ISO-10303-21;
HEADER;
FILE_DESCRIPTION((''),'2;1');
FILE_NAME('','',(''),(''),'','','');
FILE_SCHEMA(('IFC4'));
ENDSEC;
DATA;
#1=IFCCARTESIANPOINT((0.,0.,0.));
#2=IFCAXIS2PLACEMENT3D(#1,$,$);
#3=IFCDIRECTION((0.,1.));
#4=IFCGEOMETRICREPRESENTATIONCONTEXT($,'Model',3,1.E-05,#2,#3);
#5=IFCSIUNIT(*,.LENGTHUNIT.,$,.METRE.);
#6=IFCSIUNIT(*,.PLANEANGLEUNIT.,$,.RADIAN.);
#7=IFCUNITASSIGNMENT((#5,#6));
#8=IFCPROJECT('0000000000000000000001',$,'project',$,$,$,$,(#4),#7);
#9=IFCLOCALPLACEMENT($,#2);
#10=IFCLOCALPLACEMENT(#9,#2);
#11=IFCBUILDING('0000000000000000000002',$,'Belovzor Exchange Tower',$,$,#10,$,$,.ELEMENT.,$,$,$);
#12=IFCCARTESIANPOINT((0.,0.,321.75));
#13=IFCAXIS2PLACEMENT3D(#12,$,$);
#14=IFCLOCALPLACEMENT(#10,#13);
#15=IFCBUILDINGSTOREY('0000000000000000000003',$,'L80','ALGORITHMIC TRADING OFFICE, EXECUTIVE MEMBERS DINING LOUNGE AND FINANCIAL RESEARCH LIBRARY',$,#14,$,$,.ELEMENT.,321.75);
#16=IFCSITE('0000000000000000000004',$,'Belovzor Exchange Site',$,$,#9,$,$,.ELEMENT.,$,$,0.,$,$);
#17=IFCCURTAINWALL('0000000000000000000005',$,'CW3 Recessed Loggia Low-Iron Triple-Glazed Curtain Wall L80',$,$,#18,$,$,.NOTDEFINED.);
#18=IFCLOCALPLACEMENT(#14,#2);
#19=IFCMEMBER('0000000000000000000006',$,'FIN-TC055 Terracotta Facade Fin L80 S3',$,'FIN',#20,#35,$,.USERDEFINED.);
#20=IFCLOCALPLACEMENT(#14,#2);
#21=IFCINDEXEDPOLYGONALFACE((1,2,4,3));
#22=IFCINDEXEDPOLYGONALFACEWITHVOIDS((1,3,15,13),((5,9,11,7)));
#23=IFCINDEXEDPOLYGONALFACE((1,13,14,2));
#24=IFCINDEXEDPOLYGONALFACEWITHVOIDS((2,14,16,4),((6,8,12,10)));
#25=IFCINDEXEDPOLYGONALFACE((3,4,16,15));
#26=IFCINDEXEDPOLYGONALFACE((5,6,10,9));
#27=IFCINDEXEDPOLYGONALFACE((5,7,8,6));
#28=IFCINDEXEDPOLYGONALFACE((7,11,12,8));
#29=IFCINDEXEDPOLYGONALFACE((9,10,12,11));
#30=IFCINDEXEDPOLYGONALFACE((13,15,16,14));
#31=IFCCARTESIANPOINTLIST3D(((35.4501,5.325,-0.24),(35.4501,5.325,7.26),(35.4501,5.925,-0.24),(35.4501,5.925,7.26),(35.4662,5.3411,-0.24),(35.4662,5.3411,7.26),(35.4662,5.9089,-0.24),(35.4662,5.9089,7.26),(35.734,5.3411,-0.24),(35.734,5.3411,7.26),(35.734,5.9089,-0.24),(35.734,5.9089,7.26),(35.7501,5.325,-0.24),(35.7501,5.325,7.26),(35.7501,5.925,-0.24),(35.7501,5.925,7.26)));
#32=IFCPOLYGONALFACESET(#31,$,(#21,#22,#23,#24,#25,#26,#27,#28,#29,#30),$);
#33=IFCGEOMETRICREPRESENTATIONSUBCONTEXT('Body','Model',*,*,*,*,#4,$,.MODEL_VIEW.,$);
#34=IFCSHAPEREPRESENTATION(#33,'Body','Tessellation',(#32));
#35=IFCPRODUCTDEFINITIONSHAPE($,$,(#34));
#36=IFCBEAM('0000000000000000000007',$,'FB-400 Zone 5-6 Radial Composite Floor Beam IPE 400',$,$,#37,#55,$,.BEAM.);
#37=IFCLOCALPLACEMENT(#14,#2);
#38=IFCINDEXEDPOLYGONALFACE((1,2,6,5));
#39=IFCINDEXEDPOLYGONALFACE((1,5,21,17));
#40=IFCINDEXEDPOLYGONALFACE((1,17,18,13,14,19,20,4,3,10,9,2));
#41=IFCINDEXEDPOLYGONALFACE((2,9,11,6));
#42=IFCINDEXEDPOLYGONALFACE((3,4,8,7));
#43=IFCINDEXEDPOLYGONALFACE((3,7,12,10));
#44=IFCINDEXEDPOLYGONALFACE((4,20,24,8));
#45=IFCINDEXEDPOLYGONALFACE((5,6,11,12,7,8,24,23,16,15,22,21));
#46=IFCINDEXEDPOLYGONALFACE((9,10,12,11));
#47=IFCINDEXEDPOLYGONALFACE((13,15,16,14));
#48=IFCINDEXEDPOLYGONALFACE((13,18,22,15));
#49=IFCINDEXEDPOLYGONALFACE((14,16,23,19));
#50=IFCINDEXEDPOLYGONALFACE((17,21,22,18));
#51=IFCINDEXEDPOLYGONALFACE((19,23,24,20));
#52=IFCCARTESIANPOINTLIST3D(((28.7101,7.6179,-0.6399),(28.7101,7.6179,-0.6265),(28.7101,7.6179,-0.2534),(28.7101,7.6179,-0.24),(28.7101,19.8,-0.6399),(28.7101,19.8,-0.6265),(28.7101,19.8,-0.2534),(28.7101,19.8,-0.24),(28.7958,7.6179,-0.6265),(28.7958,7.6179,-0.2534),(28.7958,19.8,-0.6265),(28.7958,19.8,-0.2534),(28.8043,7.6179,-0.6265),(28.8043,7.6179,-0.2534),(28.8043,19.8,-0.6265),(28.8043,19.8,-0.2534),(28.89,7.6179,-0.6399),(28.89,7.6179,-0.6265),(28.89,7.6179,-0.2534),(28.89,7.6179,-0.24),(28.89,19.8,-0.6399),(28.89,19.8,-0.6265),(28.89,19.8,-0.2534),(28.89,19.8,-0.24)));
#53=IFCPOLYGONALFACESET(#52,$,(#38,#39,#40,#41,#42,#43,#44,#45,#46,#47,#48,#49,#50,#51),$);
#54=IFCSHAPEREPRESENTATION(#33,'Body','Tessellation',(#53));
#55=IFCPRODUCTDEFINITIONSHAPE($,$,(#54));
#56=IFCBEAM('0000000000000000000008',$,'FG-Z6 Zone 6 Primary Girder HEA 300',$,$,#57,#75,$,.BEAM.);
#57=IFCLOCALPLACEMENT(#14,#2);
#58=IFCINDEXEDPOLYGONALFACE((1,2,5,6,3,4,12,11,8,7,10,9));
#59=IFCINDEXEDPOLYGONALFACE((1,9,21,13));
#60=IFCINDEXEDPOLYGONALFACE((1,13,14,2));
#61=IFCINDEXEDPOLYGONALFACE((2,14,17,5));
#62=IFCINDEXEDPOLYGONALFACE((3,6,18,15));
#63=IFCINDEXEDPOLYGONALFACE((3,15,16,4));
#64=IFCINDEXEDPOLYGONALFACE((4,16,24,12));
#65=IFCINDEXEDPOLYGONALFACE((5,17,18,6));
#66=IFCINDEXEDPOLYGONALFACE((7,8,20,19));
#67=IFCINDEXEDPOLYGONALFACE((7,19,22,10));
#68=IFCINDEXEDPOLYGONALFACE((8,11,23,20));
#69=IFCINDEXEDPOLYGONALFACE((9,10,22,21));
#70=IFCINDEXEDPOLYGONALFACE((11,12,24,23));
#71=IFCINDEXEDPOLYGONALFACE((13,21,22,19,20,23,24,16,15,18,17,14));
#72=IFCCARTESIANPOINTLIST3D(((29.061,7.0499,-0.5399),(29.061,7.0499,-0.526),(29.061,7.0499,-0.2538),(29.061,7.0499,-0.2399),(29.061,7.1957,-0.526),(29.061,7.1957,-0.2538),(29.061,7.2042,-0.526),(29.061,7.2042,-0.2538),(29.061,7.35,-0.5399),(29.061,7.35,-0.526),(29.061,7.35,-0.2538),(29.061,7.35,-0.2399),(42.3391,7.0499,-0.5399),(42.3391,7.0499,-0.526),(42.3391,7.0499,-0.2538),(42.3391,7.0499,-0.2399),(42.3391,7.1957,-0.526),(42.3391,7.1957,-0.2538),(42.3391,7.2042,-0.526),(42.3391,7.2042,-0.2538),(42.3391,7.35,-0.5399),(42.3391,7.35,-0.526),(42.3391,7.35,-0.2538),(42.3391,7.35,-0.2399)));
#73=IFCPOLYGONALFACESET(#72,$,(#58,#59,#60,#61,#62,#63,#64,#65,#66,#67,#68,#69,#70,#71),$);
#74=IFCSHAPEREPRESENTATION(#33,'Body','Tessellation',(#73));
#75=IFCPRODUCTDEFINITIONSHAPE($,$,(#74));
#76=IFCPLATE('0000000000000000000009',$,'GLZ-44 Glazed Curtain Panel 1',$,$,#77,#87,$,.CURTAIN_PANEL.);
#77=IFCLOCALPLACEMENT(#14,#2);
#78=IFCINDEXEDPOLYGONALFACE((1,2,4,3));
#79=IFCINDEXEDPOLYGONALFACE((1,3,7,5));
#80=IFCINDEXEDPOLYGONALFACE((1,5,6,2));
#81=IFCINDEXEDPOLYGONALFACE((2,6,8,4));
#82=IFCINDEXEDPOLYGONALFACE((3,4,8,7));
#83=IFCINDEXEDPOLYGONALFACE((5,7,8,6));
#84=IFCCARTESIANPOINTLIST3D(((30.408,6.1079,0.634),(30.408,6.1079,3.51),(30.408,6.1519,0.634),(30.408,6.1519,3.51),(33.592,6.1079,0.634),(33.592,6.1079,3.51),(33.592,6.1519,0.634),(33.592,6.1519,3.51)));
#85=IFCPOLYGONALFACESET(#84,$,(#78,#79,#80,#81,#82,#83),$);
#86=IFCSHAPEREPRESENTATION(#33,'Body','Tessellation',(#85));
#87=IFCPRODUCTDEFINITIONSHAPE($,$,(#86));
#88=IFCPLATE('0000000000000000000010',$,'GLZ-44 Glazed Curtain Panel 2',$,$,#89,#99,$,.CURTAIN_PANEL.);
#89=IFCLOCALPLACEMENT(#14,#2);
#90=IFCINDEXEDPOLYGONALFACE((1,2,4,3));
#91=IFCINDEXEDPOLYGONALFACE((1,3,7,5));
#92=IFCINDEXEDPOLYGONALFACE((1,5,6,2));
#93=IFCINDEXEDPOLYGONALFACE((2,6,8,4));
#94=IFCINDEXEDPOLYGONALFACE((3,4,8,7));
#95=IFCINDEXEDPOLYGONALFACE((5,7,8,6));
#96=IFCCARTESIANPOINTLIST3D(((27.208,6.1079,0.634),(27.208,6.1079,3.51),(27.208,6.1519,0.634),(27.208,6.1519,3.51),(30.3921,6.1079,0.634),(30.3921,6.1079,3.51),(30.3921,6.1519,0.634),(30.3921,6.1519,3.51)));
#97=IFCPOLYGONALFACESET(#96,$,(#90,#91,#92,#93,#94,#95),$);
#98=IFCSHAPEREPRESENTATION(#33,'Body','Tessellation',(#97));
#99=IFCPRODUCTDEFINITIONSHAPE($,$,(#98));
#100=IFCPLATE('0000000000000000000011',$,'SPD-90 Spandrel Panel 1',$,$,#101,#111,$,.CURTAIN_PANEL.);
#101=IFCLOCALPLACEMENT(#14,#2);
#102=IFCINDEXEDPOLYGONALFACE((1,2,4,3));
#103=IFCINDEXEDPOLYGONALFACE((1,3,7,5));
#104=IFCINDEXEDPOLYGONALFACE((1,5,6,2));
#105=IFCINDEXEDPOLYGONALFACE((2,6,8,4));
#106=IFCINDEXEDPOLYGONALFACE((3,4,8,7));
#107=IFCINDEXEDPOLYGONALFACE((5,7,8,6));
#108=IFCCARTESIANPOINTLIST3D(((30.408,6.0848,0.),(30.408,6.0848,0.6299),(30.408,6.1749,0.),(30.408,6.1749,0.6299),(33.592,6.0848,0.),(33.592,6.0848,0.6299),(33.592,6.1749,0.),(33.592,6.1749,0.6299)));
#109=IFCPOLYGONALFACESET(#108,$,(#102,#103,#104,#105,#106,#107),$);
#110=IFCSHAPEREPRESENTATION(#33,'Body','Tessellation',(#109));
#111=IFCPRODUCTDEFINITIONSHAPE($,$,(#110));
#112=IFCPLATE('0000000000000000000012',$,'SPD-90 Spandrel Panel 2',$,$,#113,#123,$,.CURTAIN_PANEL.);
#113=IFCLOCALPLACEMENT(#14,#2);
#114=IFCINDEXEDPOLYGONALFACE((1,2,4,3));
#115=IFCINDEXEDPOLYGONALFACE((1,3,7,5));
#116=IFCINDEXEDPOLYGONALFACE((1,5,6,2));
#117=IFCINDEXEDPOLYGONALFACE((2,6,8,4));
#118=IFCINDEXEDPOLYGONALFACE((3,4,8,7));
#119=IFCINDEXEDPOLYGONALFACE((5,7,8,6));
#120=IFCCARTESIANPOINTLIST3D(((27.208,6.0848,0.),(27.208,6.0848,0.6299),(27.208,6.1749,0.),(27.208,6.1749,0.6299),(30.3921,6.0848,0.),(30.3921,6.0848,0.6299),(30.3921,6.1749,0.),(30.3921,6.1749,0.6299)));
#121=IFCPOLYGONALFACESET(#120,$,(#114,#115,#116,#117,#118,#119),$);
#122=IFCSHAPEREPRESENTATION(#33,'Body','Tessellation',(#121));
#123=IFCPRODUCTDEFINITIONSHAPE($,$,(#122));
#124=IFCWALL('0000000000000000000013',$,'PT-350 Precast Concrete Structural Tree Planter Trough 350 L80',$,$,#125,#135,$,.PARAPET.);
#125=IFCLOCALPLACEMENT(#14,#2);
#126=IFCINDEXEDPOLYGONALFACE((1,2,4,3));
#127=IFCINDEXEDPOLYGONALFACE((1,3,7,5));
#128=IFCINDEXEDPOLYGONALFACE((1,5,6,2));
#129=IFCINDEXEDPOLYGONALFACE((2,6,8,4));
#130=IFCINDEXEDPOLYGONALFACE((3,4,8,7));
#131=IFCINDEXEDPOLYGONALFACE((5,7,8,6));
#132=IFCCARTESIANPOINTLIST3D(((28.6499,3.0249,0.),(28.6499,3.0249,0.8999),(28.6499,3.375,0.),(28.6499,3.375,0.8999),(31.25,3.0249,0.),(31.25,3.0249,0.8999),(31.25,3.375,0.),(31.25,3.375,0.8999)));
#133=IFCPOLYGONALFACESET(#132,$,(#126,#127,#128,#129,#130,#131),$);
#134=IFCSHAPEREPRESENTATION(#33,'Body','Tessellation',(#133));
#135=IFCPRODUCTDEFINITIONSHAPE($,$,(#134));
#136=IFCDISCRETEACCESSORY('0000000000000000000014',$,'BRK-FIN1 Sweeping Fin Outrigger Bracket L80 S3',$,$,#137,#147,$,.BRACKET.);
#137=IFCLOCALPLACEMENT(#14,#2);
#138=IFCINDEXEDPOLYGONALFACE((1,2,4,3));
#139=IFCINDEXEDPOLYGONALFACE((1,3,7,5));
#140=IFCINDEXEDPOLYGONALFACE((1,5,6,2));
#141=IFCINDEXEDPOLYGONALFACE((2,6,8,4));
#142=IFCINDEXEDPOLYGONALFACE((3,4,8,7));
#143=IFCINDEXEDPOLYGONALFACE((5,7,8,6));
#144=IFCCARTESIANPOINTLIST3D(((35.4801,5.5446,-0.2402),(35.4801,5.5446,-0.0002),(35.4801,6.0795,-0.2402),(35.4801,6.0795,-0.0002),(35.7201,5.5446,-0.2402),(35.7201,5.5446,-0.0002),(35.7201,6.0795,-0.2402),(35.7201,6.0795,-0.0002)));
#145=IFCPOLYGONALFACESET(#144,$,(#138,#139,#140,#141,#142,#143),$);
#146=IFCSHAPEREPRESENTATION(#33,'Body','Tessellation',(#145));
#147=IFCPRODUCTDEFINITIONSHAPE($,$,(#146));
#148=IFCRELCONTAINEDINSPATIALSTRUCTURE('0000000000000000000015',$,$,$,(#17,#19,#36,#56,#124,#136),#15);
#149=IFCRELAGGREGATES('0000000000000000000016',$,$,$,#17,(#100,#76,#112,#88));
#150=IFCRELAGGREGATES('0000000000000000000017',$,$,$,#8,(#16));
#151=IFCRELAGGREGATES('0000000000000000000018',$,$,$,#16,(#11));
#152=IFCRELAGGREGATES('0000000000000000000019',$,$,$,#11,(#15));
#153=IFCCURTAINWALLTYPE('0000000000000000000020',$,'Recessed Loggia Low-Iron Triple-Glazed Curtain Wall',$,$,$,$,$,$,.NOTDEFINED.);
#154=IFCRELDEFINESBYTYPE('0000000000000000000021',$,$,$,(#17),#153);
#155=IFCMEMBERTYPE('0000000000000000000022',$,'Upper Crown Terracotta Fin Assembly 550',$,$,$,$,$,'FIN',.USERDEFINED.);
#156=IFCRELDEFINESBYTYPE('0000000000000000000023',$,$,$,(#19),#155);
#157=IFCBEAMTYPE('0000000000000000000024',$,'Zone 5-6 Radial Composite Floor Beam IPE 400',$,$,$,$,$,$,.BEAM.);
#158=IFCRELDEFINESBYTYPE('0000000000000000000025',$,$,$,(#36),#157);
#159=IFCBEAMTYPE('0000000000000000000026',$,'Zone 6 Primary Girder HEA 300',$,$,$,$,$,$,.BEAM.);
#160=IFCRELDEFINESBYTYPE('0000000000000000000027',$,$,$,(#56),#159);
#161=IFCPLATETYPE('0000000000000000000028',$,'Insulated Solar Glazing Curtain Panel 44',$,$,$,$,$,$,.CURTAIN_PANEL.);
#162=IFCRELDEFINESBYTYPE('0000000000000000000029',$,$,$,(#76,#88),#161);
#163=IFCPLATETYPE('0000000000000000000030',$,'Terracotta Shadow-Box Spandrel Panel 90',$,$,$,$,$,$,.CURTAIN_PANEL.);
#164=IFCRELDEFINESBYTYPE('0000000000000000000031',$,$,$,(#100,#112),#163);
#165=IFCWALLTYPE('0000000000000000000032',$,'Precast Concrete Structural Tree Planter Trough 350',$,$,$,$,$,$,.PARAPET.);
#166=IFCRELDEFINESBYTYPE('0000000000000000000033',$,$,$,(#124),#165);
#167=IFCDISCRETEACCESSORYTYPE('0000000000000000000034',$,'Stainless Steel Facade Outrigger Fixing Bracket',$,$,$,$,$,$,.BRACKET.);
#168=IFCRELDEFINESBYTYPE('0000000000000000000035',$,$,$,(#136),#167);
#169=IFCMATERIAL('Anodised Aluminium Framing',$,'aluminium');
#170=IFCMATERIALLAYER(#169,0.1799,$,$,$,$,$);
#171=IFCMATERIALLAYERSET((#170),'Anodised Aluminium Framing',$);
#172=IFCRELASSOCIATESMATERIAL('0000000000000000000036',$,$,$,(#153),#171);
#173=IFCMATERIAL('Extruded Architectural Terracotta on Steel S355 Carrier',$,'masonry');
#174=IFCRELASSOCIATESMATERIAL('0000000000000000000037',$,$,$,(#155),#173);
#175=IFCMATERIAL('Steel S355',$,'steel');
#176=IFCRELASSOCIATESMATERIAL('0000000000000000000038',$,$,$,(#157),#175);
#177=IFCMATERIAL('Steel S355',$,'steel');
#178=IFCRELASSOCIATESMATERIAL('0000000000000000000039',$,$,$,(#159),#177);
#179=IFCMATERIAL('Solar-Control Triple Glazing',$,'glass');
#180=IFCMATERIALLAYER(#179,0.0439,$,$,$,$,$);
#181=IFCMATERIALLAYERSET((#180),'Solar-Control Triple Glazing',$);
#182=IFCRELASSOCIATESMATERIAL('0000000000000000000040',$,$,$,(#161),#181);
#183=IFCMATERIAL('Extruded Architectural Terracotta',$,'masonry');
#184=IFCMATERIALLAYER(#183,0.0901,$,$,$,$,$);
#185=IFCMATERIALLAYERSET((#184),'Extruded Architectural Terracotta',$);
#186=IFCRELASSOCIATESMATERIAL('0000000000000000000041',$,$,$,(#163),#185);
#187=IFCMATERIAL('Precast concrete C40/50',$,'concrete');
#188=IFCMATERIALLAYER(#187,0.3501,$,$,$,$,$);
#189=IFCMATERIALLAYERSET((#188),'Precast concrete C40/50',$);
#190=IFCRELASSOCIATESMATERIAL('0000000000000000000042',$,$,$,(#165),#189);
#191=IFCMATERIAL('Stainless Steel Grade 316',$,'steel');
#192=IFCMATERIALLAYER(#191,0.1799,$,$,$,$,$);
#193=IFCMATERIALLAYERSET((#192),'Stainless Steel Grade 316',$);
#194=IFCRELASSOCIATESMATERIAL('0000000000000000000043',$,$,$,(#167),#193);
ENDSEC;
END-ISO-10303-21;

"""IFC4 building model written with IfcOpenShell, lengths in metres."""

from ifc_helpers import new_model, si_unit, direction, frame, frame_2d, origin, origin_2d, place, context, subcontext, project, spatial, rectangle, hollow_rectangle, i_section, extrude, material, layer, layer_set, material_profile, profile_set, type_object, element, aggregate, save


model = new_model("IFC4")

# Units and contexts
model_context = context("Model", 3, precision=1e-05, world=origin(), true_north=direction((0.0, 1.0)))
body_context = subcontext(model_context, "Body", "Model", "MODEL_VIEW")
ifc_project = project(units=[si_unit("LENGTHUNIT", "METRE"), si_unit("PLANEANGLEUNIT", "RADIAN")], contexts=[model_context])

# Site, building, storey
site_placement = place(None, origin())
site = spatial("IfcSite", under=ifc_project, at=site_placement, Name="Belovzor Exchange Site", CompositionType="ELEMENT", RefElevation=0.0)
building_placement = place(site_placement, origin())
building = spatial("IfcBuilding", under=site, at=building_placement, Name="Belovzor Exchange Tower", CompositionType="ELEMENT")
storey_placement = place(building_placement, frame((0.0, 0.0, 321.75)))
storey = spatial("IfcBuildingStorey", under=building, at=storey_placement, Name="L80", Description="ALGORITHMIC TRADING OFFICE, EXECUTIVE MEMBERS DINING LOUNGE AND FINANCIAL RESEARCH LIBRARY", CompositionType="ELEMENT", Elevation=321.75)

# Curtain wall
ifc_material_1 = material(Name="Anodised Aluminium Framing", Category="aluminium")
ifc_layer_1 = layer(ifc_material_1, 0.1799)
ifc_layer_set_1 = layer_set([ifc_layer_1], Name="Anodised Aluminium Framing")
curtain_wall_type = type_object("IfcCurtainWallType", Name="Recessed Loggia Low-Iron Triple-Glazed Curtain Wall", PredefinedType="NOTDEFINED", material=ifc_layer_set_1)
curtain_wall_placement = place(storey_placement, origin())
curtain_wall = element("IfcCurtainWall", 1, at=curtain_wall_placement, inside=storey, type_object=curtain_wall_type, Name="CW3 Recessed Loggia Low-Iron Triple-Glazed Curtain Wall L80", PredefinedType="NOTDEFINED")

# Member
ifc_material_2 = material(Name="Extruded Architectural Terracotta on Steel S355 Carrier", Category="masonry")
ifc_material_profile_1 = material_profile(ifc_material_2, hollow_rectangle(XDim=0.3, YDim=0.6001, WallThickness=0.0161, at=origin_2d()))
ifc_profile_set_1 = profile_set([ifc_material_profile_1], Name="Extruded Architectural Terracotta on Steel S355 Carrier")
member_type_1 = type_object("IfcMemberType", Name="Upper Crown Terracotta Fin Assembly 550", ElementType="FIN", PredefinedType="USERDEFINED", material=ifc_profile_set_1)
member_1_placement = place(storey_placement, frame((35.6001, 5.625, -0.24), z_axis=(0.0, 0.0, 1.0), x_axis=(1.0, 0.0, 0.0)))
element("IfcMember", 2, at=member_1_placement, inside=storey, type_object=member_type_1, Name="FIN-TC055 Terracotta Facade Fin L80 S3", ObjectType="FIN", PredefinedType="USERDEFINED", context=body_context, shape_type="SweptSolid", body=[
    extrude(hollow_rectangle(XDim=0.3, YDim=0.6001, WallThickness=0.0161, at=origin_2d()), origin(), (0.0, 0.0, 1.0), 7.5),
])

# Beams
ifc_material_3 = material(Name="Steel S355", Category="steel")
ifc_material_profile_2 = material_profile(ifc_material_3, i_section(OverallWidth=0.1799, OverallDepth=0.3999, WebThickness=0.0085, FlangeThickness=0.0134, at=origin_2d()))
ifc_profile_set_2 = profile_set([ifc_material_profile_2], Name="Steel S355")
beam_type_1 = type_object("IfcBeamType", Name="Zone 5-6 Radial Composite Floor Beam IPE 400", PredefinedType="BEAM", material=ifc_profile_set_2)
beam_1_placement = place(storey_placement, frame((28.8, 19.8, -0.4399), z_axis=(0.0, -1.0, 0.0), x_axis=(1.0, 0.0, 0.0)))
element("IfcBeam", 3, at=beam_1_placement, inside=storey, type_object=beam_type_1, Name="FB-400 Zone 5-6 Radial Composite Floor Beam IPE 400", PredefinedType="BEAM", context=body_context, shape_type="SweptSolid", body=[
    extrude(i_section(OverallWidth=0.1799, OverallDepth=0.3999, WebThickness=0.0085, FlangeThickness=0.0134, at=origin_2d()), origin(), (0.0, 0.0, 1.0), 12.1821),
])
ifc_material_4 = material(Name="Steel S355", Category="steel")
ifc_material_profile_3 = material_profile(ifc_material_4, i_section(OverallWidth=0.3, OverallDepth=0.3, WebThickness=0.0085, FlangeThickness=0.0139, at=origin_2d()))
ifc_profile_set_3 = profile_set([ifc_material_profile_3], Name="Steel S355")
beam_type_2 = type_object("IfcBeamType", Name="Zone 6 Primary Girder HEA 300", PredefinedType="BEAM", material=ifc_profile_set_3)
beam_2_placement = place(storey_placement, frame((29.061, 7.2, -0.3899), z_axis=(1.0, 0.0, 0.0), x_axis=(0.0, 1.0, 0.0)))
element("IfcBeam", 4, at=beam_2_placement, inside=storey, type_object=beam_type_2, Name="FG-Z6 Zone 6 Primary Girder HEA 300", PredefinedType="BEAM", context=body_context, shape_type="SweptSolid", body=[
    extrude(i_section(OverallWidth=0.3, OverallDepth=0.3, WebThickness=0.0085, FlangeThickness=0.0139, at=origin_2d()), origin(), (0.0, 0.0, 1.0), 13.2781),
])

# Plates
ifc_material_5 = material(Name="Solar-Control Triple Glazing", Category="glass")
ifc_layer_2 = layer(ifc_material_5, 0.0439)
ifc_layer_set_2 = layer_set([ifc_layer_2], Name="Solar-Control Triple Glazing")
plate_type_1 = type_object("IfcPlateType", Name="Insulated Solar Glazing Curtain Panel 44", PredefinedType="CURTAIN_PANEL", material=ifc_layer_set_2)
plate_1_placement = place(storey_placement, frame((32.0, 6.1299, 0.634), z_axis=(0.0, 0.0, 1.0), x_axis=(-1.0, 0.0, 0.0)))
plate_1 = element("IfcPlate", 5, at=plate_1_placement, type_object=plate_type_1, Name="GLZ-44 Glazed Curtain Panel 1", PredefinedType="CURTAIN_PANEL", context=body_context, shape_type="SweptSolid", body=[
    extrude(rectangle(XDim=3.1841, YDim=0.0439, at=origin_2d()), origin(), (0.0, 0.0, 1.0), 2.876),
])
plate_2_placement = place(storey_placement, frame((28.8, 6.1299, 0.634), z_axis=(0.0, 0.0, 1.0), x_axis=(-1.0, 0.0, 0.0)))
plate_2 = element("IfcPlate", 6, at=plate_2_placement, type_object=plate_type_1, Name="GLZ-44 Glazed Curtain Panel 2", PredefinedType="CURTAIN_PANEL", context=body_context, shape_type="SweptSolid", body=[
    extrude(rectangle(XDim=3.1841, YDim=0.0439, at=origin_2d()), origin(), (0.0, 0.0, 1.0), 2.876),
])
ifc_material_6 = material(Name="Extruded Architectural Terracotta", Category="masonry")
ifc_layer_3 = layer(ifc_material_6, 0.0901)
ifc_layer_set_3 = layer_set([ifc_layer_3], Name="Extruded Architectural Terracotta")
plate_type_2 = type_object("IfcPlateType", Name="Terracotta Shadow-Box Spandrel Panel 90", PredefinedType="CURTAIN_PANEL", material=ifc_layer_set_3)
plate_3_placement = place(storey_placement, frame((32.0, 6.1299, 0.0), z_axis=(0.0, 0.0, 1.0), x_axis=(-1.0, 0.0, 0.0)))
plate_3 = element("IfcPlate", 7, at=plate_3_placement, type_object=plate_type_2, Name="SPD-90 Spandrel Panel 1", PredefinedType="CURTAIN_PANEL", context=body_context, shape_type="SweptSolid", body=[
    extrude(rectangle(XDim=3.1841, YDim=0.0901, at=origin_2d()), origin(), (0.0, 0.0, 1.0), 0.6299),
])
plate_4_placement = place(storey_placement, frame((28.8, 6.1299, 0.0), z_axis=(0.0, 0.0, 1.0), x_axis=(-1.0, 0.0, 0.0)))
plate_4 = element("IfcPlate", 8, at=plate_4_placement, type_object=plate_type_2, Name="SPD-90 Spandrel Panel 2", PredefinedType="CURTAIN_PANEL", context=body_context, shape_type="SweptSolid", body=[
    extrude(rectangle(XDim=3.1841, YDim=0.0901, at=origin_2d()), origin(), (0.0, 0.0, 1.0), 0.6299),
])
aggregate(curtain_wall, [plate_3, plate_1, plate_4, plate_2])

# Wall
ifc_material_7 = material(Name="Precast concrete C40/50", Category="concrete")
ifc_layer_4 = layer(ifc_material_7, 0.3501)
ifc_layer_set_4 = layer_set([ifc_layer_4], Name="Precast concrete C40/50")
wall_type = type_object("IfcWallType", Name="Precast Concrete Structural Tree Planter Trough 350", PredefinedType="PARAPET", material=ifc_layer_set_4)
wall_placement = place(storey_placement, frame((28.6499, 3.2, 0.0), z_axis=(0.0, 0.0, 1.0), x_axis=(1.0, 0.0, 0.0)))
element("IfcWall", 9, at=wall_placement, inside=storey, type_object=wall_type, Name="PT-350 Precast Concrete Structural Tree Planter Trough 350 L80", PredefinedType="PARAPET", context=body_context, shape_type="SweptSolid", body=[
    extrude(rectangle(XDim=2.6001, YDim=0.3501, at=frame_2d((1.3, 0.0))), origin(), (0.0, 0.0, 1.0), 0.8999),
])

# Discrete accessory
ifc_material_8 = material(Name="Stainless Steel Grade 316", Category="steel")
ifc_layer_5 = layer(ifc_material_8, 0.1799)
ifc_layer_set_5 = layer_set([ifc_layer_5], Name="Stainless Steel Grade 316")
discrete_accessory_type = type_object("IfcDiscreteAccessoryType", Name="Stainless Steel Facade Outrigger Fixing Bracket", PredefinedType="BRACKET", material=ifc_layer_set_5)
discrete_accessory_placement = place(storey_placement, frame((35.6001, 5.812, -0.2402), z_axis=(0.0, 0.0, 1.0), x_axis=(0.0, 1.0, 0.0)))
element("IfcDiscreteAccessory", 10, at=discrete_accessory_placement, inside=storey, type_object=discrete_accessory_type, Name="BRK-FIN1 Sweeping Fin Outrigger Bracket L80 S3", PredefinedType="BRACKET", context=body_context, shape_type="SweptSolid", body=[
    extrude(rectangle(XDim=0.5349, YDim=0.24, at=origin_2d()), origin(), (0.0, 0.0, 1.0), 0.24),
])

save(model, "model.ifc")
